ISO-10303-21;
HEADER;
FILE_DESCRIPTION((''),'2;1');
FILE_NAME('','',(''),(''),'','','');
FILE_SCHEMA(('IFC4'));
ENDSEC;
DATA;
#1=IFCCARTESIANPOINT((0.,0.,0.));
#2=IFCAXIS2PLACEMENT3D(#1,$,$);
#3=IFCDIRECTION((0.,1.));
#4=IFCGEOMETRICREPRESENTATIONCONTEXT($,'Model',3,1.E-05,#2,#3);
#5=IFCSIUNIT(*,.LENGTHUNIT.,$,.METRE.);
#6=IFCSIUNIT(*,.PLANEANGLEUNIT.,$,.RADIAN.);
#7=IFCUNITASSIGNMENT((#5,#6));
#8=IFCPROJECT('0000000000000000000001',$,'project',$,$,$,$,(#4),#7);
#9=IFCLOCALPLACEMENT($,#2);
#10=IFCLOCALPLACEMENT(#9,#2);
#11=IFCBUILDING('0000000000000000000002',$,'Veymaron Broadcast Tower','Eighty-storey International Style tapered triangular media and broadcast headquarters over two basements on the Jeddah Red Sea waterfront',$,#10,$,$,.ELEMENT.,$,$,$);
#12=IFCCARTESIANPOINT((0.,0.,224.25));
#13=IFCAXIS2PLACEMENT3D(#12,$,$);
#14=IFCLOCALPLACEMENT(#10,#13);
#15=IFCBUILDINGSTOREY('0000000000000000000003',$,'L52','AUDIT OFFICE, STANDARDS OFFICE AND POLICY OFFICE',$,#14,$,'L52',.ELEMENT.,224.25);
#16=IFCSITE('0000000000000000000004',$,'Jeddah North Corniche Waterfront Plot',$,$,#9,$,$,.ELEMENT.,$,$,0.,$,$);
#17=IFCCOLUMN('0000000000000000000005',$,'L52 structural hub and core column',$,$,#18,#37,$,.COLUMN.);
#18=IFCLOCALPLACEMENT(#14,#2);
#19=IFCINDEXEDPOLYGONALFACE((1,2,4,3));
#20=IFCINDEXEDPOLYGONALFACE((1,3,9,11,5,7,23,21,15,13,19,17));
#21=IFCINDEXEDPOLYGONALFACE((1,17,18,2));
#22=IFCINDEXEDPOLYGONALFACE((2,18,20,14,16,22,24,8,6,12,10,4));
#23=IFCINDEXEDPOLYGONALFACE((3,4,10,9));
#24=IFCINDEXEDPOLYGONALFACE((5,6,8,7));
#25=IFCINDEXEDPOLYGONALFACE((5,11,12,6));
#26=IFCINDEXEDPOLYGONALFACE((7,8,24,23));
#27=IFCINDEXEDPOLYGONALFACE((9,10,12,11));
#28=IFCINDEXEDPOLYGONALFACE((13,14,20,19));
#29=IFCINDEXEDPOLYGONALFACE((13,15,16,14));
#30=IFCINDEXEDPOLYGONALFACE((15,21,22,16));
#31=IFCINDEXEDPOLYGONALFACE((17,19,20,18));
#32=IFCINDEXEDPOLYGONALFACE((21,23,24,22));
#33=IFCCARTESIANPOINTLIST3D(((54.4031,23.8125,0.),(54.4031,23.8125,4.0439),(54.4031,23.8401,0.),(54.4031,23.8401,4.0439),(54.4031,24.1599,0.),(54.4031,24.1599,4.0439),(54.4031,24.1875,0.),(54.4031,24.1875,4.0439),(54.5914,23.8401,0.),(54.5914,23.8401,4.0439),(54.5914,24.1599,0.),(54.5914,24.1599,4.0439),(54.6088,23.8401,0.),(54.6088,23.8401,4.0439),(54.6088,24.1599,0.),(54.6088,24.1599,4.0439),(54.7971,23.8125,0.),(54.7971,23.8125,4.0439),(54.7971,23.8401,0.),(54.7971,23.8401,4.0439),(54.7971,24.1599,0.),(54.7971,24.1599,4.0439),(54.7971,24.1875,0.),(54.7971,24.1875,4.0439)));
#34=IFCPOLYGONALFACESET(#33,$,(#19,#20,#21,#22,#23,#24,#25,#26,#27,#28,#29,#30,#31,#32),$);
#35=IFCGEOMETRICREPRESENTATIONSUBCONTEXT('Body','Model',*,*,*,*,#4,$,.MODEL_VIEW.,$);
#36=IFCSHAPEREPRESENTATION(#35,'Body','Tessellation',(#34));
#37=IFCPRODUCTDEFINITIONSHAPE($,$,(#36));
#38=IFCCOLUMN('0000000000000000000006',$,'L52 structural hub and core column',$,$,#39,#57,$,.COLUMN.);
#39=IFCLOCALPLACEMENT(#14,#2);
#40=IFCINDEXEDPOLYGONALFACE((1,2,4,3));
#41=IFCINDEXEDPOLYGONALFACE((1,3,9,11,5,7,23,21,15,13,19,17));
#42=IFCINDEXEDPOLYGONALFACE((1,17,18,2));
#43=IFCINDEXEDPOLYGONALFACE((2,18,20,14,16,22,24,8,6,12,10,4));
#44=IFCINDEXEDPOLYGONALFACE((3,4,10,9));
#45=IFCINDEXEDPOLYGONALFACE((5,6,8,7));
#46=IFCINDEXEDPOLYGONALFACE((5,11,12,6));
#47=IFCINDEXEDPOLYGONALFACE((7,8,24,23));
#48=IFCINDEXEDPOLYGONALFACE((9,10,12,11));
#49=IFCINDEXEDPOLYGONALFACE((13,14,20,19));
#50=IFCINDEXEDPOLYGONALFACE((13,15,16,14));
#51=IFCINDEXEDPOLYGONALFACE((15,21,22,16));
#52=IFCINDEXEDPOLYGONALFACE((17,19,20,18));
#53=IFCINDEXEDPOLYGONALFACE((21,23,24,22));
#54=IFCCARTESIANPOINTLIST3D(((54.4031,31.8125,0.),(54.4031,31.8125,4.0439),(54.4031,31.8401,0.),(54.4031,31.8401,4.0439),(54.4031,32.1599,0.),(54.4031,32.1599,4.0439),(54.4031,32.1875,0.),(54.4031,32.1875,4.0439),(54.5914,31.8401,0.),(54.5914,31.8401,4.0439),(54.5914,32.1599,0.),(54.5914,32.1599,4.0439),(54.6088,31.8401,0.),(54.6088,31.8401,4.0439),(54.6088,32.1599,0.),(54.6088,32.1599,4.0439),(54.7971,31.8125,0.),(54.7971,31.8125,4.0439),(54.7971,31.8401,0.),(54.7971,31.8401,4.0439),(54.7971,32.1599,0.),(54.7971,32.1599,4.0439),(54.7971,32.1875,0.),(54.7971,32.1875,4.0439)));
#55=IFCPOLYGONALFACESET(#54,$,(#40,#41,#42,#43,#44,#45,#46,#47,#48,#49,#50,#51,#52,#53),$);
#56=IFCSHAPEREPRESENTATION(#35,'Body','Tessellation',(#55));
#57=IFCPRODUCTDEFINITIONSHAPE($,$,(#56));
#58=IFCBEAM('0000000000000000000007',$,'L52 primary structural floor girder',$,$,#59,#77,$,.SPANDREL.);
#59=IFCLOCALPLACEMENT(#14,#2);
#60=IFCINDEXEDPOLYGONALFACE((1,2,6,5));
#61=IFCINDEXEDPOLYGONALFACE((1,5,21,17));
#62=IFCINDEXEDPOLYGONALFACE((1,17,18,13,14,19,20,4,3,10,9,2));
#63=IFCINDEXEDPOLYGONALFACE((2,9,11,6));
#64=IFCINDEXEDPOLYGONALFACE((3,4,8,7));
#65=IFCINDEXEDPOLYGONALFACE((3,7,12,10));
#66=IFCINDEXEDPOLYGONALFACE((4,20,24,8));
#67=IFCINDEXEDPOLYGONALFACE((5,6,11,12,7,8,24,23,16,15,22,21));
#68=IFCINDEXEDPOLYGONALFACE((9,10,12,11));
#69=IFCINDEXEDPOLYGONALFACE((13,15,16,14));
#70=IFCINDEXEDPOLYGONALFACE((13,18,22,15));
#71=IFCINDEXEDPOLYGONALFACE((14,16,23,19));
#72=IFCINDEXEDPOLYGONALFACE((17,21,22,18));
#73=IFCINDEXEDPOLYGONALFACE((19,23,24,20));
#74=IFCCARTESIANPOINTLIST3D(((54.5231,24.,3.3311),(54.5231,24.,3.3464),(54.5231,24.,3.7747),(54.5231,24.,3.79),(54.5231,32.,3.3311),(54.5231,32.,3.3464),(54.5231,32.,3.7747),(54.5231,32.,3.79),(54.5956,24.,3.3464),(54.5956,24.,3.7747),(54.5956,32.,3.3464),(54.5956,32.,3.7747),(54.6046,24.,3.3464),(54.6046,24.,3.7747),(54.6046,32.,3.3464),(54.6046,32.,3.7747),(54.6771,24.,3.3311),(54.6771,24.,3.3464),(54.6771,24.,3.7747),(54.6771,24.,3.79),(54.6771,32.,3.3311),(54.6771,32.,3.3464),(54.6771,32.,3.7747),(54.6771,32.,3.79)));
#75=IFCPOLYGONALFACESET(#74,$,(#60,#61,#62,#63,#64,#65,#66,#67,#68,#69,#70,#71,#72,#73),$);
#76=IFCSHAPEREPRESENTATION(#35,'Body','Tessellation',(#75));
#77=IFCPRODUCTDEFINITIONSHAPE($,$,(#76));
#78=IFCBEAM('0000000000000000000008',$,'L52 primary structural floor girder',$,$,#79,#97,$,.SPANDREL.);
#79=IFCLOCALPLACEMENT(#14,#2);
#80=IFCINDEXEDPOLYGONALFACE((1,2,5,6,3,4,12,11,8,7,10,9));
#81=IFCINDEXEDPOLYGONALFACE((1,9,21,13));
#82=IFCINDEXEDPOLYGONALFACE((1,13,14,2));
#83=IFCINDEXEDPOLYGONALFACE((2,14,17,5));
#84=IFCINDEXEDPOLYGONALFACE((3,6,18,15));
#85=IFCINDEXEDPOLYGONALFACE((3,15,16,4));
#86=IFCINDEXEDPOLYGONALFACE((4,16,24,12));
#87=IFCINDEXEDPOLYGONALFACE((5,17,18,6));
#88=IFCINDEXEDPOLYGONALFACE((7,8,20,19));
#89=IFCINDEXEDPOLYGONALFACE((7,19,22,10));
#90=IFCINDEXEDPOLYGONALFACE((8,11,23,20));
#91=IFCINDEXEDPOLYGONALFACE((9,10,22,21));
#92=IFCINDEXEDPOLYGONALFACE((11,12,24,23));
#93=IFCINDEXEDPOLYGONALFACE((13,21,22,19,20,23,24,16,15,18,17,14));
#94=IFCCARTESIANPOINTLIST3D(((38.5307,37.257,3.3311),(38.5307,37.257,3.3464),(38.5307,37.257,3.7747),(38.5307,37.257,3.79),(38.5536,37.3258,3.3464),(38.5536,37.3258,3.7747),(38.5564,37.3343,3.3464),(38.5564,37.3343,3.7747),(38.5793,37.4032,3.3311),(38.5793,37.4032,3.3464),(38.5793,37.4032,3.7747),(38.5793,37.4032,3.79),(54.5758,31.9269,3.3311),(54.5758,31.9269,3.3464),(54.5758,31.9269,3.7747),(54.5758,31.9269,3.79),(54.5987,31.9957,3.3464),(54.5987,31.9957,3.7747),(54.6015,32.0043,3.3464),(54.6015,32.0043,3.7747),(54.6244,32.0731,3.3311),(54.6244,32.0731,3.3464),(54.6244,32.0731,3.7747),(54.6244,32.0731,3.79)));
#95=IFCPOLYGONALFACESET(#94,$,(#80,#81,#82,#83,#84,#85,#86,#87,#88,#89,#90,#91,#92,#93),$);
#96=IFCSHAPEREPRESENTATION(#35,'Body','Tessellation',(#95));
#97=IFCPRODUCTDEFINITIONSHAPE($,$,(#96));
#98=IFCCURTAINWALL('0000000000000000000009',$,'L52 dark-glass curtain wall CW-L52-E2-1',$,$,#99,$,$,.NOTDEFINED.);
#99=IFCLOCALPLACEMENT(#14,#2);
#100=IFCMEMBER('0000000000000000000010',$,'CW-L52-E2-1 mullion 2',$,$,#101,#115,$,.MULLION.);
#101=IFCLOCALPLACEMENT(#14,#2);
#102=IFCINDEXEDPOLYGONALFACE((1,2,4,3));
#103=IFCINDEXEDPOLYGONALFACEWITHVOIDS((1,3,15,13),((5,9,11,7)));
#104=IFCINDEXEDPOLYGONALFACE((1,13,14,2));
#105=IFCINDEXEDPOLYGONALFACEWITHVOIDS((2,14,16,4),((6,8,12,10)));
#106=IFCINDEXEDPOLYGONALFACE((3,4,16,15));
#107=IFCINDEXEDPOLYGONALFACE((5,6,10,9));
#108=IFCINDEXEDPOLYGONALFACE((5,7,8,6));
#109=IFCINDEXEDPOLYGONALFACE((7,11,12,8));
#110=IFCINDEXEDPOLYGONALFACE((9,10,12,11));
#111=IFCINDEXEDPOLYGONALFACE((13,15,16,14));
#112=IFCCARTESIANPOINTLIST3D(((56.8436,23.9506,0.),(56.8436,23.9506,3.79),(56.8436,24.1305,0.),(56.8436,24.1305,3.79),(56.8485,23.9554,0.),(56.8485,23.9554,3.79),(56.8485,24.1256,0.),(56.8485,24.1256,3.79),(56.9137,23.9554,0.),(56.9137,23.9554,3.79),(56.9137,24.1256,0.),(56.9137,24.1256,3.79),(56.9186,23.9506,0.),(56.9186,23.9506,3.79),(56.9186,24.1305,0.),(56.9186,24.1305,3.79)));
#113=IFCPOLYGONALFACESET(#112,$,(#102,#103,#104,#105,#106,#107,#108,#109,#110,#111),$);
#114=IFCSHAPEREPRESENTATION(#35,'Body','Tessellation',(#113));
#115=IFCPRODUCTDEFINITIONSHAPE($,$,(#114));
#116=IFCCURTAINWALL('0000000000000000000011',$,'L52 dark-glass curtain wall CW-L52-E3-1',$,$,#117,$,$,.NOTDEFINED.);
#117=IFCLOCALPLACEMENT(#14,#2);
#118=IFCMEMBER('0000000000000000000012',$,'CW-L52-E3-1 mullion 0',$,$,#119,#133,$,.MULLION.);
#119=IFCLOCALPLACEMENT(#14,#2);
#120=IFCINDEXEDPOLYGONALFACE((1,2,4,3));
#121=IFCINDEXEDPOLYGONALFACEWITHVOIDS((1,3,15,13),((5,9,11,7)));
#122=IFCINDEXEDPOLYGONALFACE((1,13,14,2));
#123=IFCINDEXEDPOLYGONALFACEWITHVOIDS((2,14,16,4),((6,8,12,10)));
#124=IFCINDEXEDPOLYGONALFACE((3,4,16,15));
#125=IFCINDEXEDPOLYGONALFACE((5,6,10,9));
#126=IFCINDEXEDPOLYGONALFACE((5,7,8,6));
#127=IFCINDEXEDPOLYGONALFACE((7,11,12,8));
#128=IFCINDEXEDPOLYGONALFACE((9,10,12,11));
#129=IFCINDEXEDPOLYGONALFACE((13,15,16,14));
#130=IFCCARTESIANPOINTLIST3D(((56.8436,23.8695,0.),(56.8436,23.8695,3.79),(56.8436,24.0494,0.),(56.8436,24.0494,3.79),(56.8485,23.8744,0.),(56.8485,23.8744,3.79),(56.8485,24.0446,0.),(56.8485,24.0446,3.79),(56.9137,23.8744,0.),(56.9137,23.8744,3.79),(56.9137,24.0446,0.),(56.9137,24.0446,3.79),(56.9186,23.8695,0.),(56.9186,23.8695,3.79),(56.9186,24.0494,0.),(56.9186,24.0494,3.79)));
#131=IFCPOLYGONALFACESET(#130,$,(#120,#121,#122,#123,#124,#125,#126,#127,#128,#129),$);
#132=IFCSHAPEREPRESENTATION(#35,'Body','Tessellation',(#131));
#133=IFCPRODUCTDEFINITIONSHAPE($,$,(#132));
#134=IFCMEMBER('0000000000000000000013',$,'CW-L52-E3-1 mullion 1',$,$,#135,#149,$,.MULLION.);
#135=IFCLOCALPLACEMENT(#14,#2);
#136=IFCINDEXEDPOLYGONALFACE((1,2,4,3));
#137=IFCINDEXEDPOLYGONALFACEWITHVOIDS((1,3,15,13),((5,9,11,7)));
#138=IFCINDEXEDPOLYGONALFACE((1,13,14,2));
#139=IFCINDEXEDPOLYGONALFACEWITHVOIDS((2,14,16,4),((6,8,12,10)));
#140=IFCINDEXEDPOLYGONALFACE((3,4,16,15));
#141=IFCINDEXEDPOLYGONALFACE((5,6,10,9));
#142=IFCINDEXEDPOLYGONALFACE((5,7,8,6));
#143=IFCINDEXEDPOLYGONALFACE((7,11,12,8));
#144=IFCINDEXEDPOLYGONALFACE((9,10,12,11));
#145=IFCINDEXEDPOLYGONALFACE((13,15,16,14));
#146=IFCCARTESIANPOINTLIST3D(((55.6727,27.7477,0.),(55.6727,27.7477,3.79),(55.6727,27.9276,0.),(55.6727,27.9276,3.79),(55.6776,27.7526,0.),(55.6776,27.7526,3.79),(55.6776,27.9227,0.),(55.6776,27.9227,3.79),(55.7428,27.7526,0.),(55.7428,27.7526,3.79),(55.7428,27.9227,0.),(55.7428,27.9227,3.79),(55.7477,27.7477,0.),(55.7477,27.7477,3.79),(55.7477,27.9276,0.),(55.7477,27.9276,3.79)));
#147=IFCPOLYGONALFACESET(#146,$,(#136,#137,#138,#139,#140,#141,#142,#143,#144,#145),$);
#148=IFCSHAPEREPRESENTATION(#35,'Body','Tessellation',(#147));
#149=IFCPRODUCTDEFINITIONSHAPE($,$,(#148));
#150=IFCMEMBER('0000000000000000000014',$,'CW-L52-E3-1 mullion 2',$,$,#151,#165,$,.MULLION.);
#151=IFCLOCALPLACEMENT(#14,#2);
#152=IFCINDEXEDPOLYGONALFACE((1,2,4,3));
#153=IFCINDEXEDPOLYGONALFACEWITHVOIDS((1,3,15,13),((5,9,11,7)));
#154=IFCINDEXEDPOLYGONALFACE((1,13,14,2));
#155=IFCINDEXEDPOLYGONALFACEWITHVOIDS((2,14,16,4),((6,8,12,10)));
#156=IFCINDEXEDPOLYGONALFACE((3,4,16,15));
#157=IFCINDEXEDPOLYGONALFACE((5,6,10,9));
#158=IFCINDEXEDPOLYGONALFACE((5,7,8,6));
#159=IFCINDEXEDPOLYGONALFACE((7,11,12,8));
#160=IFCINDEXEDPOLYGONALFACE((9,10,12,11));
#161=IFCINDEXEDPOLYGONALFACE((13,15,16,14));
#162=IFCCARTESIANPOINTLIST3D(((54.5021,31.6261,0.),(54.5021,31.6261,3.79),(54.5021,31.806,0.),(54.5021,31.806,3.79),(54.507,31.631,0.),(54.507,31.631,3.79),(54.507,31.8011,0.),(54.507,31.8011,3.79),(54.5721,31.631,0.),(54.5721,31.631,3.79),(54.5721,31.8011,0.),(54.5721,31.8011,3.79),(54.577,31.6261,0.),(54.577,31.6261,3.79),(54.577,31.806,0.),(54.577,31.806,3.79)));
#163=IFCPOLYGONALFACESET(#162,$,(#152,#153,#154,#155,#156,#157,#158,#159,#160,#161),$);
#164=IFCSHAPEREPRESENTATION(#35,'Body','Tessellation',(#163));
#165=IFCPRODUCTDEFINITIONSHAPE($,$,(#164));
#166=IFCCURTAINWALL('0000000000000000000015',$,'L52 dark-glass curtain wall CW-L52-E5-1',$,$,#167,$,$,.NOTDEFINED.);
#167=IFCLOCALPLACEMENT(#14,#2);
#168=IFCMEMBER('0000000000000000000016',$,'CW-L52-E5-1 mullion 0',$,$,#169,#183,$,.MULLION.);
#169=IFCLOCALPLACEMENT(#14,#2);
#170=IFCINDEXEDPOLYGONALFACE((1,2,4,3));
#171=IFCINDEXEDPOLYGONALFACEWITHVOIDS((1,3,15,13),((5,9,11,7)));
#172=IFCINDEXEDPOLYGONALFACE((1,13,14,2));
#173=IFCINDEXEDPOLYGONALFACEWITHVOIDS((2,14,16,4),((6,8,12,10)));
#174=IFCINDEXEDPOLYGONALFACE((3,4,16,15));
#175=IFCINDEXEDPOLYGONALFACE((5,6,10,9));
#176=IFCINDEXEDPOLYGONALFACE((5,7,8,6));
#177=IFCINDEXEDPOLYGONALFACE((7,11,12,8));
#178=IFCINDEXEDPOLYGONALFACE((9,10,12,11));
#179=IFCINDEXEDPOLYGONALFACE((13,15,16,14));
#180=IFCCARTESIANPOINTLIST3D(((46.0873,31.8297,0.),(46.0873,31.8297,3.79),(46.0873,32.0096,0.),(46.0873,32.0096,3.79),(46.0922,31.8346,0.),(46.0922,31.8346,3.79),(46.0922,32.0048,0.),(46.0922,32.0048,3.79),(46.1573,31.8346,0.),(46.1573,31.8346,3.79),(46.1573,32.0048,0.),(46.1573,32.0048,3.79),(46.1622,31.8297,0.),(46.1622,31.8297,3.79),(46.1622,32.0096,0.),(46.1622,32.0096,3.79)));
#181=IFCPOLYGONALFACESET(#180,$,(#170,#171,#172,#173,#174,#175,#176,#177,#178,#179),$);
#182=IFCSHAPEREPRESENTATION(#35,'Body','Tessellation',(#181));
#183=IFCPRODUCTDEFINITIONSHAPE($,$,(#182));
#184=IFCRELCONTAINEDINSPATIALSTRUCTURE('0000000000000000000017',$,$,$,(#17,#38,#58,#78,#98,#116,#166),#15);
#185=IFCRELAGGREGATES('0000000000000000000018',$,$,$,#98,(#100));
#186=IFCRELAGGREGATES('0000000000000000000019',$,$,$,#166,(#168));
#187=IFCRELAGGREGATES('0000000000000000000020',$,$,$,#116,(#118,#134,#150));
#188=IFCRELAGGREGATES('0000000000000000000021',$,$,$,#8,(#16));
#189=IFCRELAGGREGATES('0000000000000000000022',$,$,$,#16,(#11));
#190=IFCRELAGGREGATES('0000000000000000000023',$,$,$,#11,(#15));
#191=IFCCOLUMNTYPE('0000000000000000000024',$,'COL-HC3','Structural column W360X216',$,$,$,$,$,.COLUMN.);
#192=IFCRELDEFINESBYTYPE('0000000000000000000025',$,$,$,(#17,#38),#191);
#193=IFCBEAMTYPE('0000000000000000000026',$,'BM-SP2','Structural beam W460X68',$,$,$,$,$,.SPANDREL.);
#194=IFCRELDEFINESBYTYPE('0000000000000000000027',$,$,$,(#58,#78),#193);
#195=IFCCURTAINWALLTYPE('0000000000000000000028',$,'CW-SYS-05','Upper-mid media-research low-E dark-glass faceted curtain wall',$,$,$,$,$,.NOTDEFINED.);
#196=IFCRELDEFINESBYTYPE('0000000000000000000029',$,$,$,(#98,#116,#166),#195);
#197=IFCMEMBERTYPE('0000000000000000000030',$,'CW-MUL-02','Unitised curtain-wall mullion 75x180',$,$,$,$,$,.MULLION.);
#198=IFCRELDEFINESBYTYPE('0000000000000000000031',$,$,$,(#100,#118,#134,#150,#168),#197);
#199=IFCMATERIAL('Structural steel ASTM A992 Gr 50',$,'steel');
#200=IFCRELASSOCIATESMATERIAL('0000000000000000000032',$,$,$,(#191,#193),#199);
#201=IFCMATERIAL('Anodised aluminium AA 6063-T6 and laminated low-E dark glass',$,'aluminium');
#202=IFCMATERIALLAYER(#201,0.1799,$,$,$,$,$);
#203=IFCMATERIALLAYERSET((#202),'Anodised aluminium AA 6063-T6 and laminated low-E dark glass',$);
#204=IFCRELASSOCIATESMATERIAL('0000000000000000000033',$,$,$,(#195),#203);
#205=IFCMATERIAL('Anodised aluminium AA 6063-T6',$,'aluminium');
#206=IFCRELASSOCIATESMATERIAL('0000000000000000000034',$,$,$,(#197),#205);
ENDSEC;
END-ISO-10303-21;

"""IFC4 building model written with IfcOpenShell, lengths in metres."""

from ifc_helpers import new_model, si_unit, direction, frame, origin, origin_2d, place, context, subcontext, project, spatial, hollow_rectangle, i_section, extrude, material, layer, layer_set, material_profile, profile_set, type_object, element, aggregate, save


model = new_model("IFC4")

# Units and contexts
model_context = context("Model", 3, precision=1e-05, world=origin(), true_north=direction((0.0, 1.0)))
body_context = subcontext(model_context, "Body", "Model", "MODEL_VIEW")
ifc_project = project(units=[si_unit("LENGTHUNIT", "METRE"), si_unit("PLANEANGLEUNIT", "RADIAN")], contexts=[model_context])

# Site, building, storey
site_placement = place(None, origin())
site = spatial("IfcSite", under=ifc_project, at=site_placement, Name="Jeddah North Corniche Waterfront Plot", CompositionType="ELEMENT", RefElevation=0.0)
building_placement = place(site_placement, origin())
building = spatial("IfcBuilding", under=site, at=building_placement, Name="Veymaron Broadcast Tower", Description="Eighty-storey International Style tapered triangular media and broadcast headquarters over two basements on the Jeddah Red Sea waterfront", CompositionType="ELEMENT")
storey_placement = place(building_placement, frame((0.0, 0.0, 224.25)))
storey = spatial("IfcBuildingStorey", under=building, at=storey_placement, Name="L52", Description="AUDIT OFFICE, STANDARDS OFFICE AND POLICY OFFICE", LongName="L52", CompositionType="ELEMENT", Elevation=224.25)

# Columns
ifc_material_1 = material(Name="Structural steel ASTM A992 Gr 50", Category="steel")
ifc_material_profile_1 = material_profile(ifc_material_1, i_section(OverallWidth=0.394, OverallDepth=0.375, WebThickness=0.0173, FlangeThickness=0.0276, at=origin_2d()), Name="W360X216")
ifc_profile_set_1 = profile_set([ifc_material_profile_1], Name="Structural steel ASTM A992 Gr 50")
column_type = type_object("IfcColumnType", Name="COL-HC3", Description="Structural column W360X216", PredefinedType="COLUMN", material=ifc_profile_set_1)
for number, where, z_axis, x_axis, name in (
    (1, (54.6001, 24.0, 0.0), (0.0, 0.0, 1.0), (1.0, 0.0, 0.0), "L52 structural hub and core column"),
    (2, (54.6001, 32.0, 0.0), (0.0, 0.0, 1.0), (1.0, 0.0, 0.0), "L52 structural hub and core column"),
):
    element("IfcColumn", number, at=place(storey_placement, frame(where, z_axis=z_axis, x_axis=x_axis)), inside=storey, type_object=column_type, Name=name, PredefinedType="COLUMN", context=body_context, shape_type="SweptSolid", body=[
        extrude(i_section(OverallWidth=0.394, OverallDepth=0.375, WebThickness=0.0173, FlangeThickness=0.0276, at=origin_2d()), origin(), (0.0, 0.0, 1.0), 4.0439),
    ])

# Beams
ifc_material_profile_2 = material_profile(ifc_material_1, i_section(OverallWidth=0.1541, OverallDepth=0.459, WebThickness=0.009, FlangeThickness=0.0154, at=origin_2d()), Name="W460X68")
ifc_profile_set_2 = profile_set([ifc_material_profile_2], Name="Structural steel ASTM A992 Gr 50")
beam_type = type_object("IfcBeamType", Name="BM-SP2", Description="Structural beam W460X68", PredefinedType="SPANDREL", material=ifc_profile_set_2)
beam_1_placement = place(storey_placement, frame((54.6001, 24.0, 3.5605), z_axis=(0.0, 1.0, 0.0), x_axis=(-1.0, 0.0, 0.0)))
element("IfcBeam", 3, at=beam_1_placement, inside=storey, type_object=beam_type, Name="L52 primary structural floor girder", PredefinedType="SPANDREL", context=body_context, shape_type="SweptSolid", body=[
    extrude(i_section(OverallWidth=0.1541, OverallDepth=0.459, WebThickness=0.009, FlangeThickness=0.0154, at=origin_2d()), origin(), (0.0, 0.0, 1.0), 8.0),
])
beam_2_placement = place(storey_placement, frame((54.6001, 32.0, 3.5605), z_axis=(-0.949008, 0.315253, 0.0), x_axis=(-0.315253, -0.949008, 0.0)))
element("IfcBeam", 4, at=beam_2_placement, inside=storey, type_object=beam_type, Name="L52 primary structural floor girder", PredefinedType="SPANDREL", context=body_context, shape_type="SweptSolid", body=[
    extrude(i_section(OverallWidth=0.1541, OverallDepth=0.459, WebThickness=0.009, FlangeThickness=0.0154, at=origin_2d()), origin(), (0.0, 0.0, 1.0), 16.9072),
])

# Curtain wall, member
ifc_material_2 = material(Name="Anodised aluminium AA 6063-T6 and laminated low-E dark glass", Category="aluminium")
ifc_layer_1 = layer(ifc_material_2, 0.1799)
ifc_layer_set_1 = layer_set([ifc_layer_1], Name="Anodised aluminium AA 6063-T6 and laminated low-E dark glass")
curtain_wall_type = type_object("IfcCurtainWallType", Name="CW-SYS-05", Description="Upper-mid media-research low-E dark-glass faceted curtain wall", PredefinedType="NOTDEFINED", material=ifc_layer_set_1)
curtain_wall_1_placement = place(storey_placement, origin())
curtain_wall_1 = element("IfcCurtainWall", 5, at=curtain_wall_1_placement, inside=storey, type_object=curtain_wall_type, Name="L52 dark-glass curtain wall CW-L52-E2-1", PredefinedType="NOTDEFINED")
ifc_material_3 = material(Name="Anodised aluminium AA 6063-T6", Category="aluminium")
ifc_material_profile_3 = material_profile(ifc_material_3, hollow_rectangle(XDim=0.075, YDim=0.1799, WallThickness=0.0049, at=origin_2d()), Name="AL180X75X5")
ifc_profile_set_3 = profile_set([ifc_material_profile_3], Name="Anodised aluminium AA 6063-T6")
member_type_1 = type_object("IfcMemberType", Name="CW-MUL-02", Description="Unitised curtain-wall mullion 75x180", PredefinedType="MULLION", material=ifc_profile_set_3)
member_1_placement = place(storey_placement, frame((56.8811, 24.0405, 0.0), z_axis=(0.0, 0.0, 1.0), x_axis=(1.0, 0.0, 0.0)))
member_1 = element("IfcMember", 6, at=member_1_placement, type_object=member_type_1, Name="CW-L52-E2-1 mullion 2", PredefinedType="MULLION", context=body_context, shape_type="SweptSolid", body=[
    extrude(hollow_rectangle(XDim=0.075, YDim=0.1799, WallThickness=0.0049, at=origin_2d()), origin(), (0.0, 0.0, 1.0), 3.79),
])
aggregate(curtain_wall_1, [member_1])

# Curtain wall, members
curtain_wall_2_placement = place(storey_placement, origin())
curtain_wall_2 = element("IfcCurtainWall", 7, at=curtain_wall_2_placement, inside=storey, type_object=curtain_wall_type, Name="L52 dark-glass curtain wall CW-L52-E3-1", PredefinedType="NOTDEFINED")
member_2_placement = place(storey_placement, frame((56.8811, 23.9595, 0.0), z_axis=(0.0, 0.0, 1.0), x_axis=(1.0, 0.0, 0.0)))
member_2 = element("IfcMember", 8, at=member_2_placement, type_object=member_type_1, Name="CW-L52-E3-1 mullion 0", PredefinedType="MULLION", context=body_context, shape_type="SweptSolid", body=[
    extrude(hollow_rectangle(XDim=0.075, YDim=0.1799, WallThickness=0.0049, at=origin_2d()), origin(), (0.0, 0.0, 1.0), 3.79),
])
member_3_placement = place(storey_placement, frame((55.7102, 27.8376, 0.0), z_axis=(0.0, 0.0, 1.0), x_axis=(1.0, 0.0, 0.0)))
member_3 = element("IfcMember", 9, at=member_3_placement, type_object=member_type_1, Name="CW-L52-E3-1 mullion 1", PredefinedType="MULLION", context=body_context, shape_type="SweptSolid", body=[
    extrude(hollow_rectangle(XDim=0.075, YDim=0.1799, WallThickness=0.0049, at=origin_2d()), origin(), (0.0, 0.0, 1.0), 3.79),
])
member_4_placement = place(storey_placement, frame((54.5396, 31.7161, 0.0), z_axis=(0.0, 0.0, 1.0), x_axis=(1.0, 0.0, 0.0)))
member_4 = element("IfcMember", 10, at=member_4_placement, type_object=member_type_1, Name="CW-L52-E3-1 mullion 2", PredefinedType="MULLION", context=body_context, shape_type="SweptSolid", body=[
    extrude(hollow_rectangle(XDim=0.075, YDim=0.1799, WallThickness=0.0049, at=origin_2d()), origin(), (0.0, 0.0, 1.0), 3.79),
])

# Curtain wall, member
curtain_wall_3_placement = place(storey_placement, origin())
curtain_wall_3 = element("IfcCurtainWall", 11, at=curtain_wall_3_placement, inside=storey, type_object=curtain_wall_type, Name="L52 dark-glass curtain wall CW-L52-E5-1", PredefinedType="NOTDEFINED")
member_5_placement = place(storey_placement, frame((46.1248, 31.9197, 0.0), z_axis=(0.0, 0.0, 1.0), x_axis=(1.0, 0.0, 0.0)))
member_5 = element("IfcMember", 12, at=member_5_placement, type_object=member_type_1, Name="CW-L52-E5-1 mullion 0", PredefinedType="MULLION", context=body_context, shape_type="SweptSolid", body=[
    extrude(hollow_rectangle(XDim=0.075, YDim=0.1799, WallThickness=0.0049, at=origin_2d()), origin(), (0.0, 0.0, 1.0), 3.79),
])

aggregate(curtain_wall_3, [member_5])

aggregate(curtain_wall_2, [member_2, member_3, member_4])

save(model, "model.ifc")
